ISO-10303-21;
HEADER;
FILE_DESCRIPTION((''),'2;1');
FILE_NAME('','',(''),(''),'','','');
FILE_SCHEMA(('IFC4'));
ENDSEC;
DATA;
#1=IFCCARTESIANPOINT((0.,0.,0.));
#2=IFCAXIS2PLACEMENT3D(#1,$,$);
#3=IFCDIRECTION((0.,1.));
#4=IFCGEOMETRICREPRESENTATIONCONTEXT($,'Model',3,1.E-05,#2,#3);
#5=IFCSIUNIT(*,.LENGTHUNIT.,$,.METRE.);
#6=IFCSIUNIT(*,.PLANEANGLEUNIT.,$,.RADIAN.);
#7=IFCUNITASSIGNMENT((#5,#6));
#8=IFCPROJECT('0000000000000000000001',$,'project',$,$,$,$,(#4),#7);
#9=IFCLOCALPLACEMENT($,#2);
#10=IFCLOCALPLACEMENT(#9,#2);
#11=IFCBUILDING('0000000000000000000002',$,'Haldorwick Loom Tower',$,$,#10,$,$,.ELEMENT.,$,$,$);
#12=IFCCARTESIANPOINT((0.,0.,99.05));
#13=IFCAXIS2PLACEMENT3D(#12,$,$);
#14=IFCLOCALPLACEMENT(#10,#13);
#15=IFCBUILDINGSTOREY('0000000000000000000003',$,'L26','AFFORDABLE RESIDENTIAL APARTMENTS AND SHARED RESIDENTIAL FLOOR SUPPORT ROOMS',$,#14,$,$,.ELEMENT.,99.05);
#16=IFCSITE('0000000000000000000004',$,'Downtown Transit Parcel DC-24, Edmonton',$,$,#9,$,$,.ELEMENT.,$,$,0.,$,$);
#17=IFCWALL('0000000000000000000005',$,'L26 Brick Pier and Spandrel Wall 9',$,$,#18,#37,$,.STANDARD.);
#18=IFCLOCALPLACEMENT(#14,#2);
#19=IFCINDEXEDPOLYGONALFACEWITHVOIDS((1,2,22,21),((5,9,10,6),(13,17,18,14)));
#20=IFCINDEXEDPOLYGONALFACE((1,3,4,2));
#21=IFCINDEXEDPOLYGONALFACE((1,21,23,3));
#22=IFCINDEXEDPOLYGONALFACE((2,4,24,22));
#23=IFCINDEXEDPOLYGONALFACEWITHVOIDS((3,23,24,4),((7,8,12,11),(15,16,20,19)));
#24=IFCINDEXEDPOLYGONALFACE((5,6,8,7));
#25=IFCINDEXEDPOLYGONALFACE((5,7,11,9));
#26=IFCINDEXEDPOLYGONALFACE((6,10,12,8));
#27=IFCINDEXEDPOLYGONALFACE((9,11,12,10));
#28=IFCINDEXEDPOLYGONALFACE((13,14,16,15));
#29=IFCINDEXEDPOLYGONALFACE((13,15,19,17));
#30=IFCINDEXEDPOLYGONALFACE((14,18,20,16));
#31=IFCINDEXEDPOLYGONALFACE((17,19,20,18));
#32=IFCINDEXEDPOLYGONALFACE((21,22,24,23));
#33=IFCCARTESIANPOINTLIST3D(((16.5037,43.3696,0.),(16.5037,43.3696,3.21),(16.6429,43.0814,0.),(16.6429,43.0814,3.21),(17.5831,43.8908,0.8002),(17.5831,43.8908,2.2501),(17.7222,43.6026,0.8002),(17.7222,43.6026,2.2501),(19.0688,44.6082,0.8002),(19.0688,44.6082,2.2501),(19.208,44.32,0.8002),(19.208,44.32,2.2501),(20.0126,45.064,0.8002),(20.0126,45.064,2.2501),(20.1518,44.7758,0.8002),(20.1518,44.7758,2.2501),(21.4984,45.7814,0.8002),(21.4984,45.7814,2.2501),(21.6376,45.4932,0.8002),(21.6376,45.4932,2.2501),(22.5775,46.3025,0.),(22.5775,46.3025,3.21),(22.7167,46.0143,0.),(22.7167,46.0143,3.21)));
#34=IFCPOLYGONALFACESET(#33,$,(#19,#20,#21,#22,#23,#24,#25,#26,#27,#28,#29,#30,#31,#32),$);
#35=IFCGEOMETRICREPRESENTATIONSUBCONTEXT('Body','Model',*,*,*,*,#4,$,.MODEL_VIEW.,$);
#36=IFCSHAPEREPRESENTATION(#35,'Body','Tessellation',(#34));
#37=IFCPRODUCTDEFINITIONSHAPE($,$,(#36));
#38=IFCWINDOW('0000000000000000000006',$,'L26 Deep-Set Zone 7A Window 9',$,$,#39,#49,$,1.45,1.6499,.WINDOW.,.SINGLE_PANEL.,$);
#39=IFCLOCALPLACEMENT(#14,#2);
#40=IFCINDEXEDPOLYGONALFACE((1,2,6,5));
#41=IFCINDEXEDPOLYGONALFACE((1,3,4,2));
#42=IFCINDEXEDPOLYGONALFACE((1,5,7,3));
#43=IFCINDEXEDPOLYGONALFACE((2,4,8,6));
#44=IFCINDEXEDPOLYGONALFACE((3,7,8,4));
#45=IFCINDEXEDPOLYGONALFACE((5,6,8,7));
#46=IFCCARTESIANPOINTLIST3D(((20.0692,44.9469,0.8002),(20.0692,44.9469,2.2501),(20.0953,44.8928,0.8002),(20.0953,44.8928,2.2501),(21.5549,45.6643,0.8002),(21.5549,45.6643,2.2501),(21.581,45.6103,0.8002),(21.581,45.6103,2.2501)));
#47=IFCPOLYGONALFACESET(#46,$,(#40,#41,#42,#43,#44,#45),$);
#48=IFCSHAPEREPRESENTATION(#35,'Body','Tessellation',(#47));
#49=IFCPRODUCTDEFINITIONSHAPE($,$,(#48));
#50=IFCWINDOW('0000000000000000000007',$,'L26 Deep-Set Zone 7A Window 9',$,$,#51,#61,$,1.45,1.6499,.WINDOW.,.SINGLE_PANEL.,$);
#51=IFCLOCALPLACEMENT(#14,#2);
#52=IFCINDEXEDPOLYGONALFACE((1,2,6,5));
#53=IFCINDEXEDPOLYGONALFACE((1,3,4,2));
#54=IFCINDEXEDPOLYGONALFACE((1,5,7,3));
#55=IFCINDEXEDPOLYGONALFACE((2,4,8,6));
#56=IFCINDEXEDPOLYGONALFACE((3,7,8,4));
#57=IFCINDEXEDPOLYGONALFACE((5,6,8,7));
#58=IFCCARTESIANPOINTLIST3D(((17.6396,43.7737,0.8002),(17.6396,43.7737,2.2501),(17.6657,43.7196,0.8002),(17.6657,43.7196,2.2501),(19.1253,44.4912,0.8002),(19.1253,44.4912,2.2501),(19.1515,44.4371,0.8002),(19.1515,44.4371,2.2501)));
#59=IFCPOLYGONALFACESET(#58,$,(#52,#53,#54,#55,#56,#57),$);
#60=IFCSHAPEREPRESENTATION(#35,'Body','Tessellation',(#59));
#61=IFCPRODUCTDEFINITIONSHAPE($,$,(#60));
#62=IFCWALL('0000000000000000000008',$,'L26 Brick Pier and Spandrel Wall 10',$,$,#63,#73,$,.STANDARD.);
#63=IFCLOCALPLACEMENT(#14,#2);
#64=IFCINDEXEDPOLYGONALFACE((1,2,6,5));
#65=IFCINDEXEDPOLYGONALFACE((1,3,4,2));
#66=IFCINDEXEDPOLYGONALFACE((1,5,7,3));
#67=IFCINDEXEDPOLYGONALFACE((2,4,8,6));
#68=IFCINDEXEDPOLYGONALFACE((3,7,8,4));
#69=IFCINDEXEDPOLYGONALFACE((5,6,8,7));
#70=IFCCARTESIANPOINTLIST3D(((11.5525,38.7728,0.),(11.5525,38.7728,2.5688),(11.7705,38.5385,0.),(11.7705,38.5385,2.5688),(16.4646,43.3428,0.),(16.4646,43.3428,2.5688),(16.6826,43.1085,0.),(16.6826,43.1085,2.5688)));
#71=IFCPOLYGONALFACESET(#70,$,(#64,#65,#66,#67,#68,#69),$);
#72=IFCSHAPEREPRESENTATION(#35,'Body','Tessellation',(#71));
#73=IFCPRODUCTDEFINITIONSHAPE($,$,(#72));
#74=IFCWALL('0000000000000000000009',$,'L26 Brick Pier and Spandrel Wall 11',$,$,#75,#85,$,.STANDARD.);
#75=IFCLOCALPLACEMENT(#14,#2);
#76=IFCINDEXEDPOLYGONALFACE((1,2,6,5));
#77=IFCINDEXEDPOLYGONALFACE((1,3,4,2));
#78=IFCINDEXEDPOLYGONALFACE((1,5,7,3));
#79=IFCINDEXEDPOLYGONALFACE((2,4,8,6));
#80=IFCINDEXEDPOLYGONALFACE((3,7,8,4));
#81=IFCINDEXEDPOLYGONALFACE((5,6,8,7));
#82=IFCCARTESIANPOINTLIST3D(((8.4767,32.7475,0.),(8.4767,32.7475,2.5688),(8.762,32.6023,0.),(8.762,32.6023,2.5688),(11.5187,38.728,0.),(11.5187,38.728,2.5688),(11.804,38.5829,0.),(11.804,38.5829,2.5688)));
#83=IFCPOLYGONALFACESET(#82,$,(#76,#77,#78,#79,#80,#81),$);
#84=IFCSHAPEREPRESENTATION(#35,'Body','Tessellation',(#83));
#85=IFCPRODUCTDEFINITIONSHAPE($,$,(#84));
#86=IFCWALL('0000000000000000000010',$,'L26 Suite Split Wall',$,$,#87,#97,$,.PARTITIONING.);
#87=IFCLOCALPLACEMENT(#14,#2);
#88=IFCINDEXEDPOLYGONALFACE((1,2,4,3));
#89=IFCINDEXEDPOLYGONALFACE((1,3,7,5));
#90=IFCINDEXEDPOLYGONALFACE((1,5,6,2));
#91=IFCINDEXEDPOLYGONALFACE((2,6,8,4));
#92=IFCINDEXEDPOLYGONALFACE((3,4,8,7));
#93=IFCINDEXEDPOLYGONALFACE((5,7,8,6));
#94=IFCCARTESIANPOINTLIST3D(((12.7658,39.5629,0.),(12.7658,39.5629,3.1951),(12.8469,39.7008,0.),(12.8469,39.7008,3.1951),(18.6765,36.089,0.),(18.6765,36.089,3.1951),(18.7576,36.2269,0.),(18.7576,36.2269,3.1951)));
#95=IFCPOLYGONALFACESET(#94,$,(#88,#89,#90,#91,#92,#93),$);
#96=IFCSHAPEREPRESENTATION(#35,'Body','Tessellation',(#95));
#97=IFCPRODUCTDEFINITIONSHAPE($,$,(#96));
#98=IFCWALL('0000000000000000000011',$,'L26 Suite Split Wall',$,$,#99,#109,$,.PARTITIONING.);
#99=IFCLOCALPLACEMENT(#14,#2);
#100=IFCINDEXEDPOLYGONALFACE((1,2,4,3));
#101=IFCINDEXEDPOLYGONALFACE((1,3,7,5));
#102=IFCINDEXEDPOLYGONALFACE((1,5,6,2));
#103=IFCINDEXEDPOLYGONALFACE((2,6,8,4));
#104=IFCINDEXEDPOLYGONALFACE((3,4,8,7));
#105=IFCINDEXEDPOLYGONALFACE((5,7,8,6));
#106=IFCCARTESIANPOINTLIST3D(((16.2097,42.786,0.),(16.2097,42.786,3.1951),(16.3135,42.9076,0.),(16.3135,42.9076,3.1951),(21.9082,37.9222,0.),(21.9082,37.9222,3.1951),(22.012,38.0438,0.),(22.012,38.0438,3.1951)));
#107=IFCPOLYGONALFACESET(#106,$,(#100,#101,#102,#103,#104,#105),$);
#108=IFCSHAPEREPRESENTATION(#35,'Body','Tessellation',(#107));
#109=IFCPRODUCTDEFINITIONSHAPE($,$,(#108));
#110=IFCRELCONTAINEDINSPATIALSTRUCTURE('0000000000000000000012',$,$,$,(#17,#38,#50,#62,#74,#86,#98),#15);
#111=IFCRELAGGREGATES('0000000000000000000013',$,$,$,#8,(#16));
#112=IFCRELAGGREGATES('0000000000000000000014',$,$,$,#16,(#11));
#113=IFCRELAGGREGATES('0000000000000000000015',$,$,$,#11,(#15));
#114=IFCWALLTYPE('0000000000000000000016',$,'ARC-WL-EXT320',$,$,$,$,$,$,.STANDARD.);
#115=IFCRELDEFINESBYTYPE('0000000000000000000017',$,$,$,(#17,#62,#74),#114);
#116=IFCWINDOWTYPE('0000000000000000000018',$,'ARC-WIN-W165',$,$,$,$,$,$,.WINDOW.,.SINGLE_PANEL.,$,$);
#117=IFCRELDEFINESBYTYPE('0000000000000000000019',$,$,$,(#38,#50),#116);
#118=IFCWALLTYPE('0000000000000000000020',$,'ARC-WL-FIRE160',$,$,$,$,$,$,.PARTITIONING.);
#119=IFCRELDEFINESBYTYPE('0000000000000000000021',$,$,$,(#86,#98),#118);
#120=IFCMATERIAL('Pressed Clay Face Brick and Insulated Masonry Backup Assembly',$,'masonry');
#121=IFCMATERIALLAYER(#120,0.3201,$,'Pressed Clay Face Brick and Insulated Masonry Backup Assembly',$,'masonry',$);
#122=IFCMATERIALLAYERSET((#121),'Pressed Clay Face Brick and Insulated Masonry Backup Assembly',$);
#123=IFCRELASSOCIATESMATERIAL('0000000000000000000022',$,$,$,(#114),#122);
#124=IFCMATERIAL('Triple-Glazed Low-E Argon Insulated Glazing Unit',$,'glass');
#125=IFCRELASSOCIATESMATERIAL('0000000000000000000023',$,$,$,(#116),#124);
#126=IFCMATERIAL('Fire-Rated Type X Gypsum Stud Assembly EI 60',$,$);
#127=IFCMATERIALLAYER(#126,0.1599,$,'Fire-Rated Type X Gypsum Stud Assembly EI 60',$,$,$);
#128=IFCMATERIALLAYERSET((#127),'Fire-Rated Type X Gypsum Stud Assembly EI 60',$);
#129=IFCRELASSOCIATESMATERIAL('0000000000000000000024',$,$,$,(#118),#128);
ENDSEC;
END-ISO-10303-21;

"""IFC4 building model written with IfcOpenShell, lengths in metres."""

from ifc_helpers import new_model, si_unit, direction, frame, frame_2d, origin, place, context, subcontext, project, spatial, rectangle, extrude, material, layer, layer_set, type_object, element, fill, save


model = new_model("IFC4")

# Units and contexts
model_context = context("Model", 3, precision=1e-05, world=origin(), true_north=direction((0.0, 1.0)))
body_context = subcontext(model_context, "Body", "Model", "MODEL_VIEW")
ifc_project = project(units=[si_unit("LENGTHUNIT", "METRE"), si_unit("PLANEANGLEUNIT", "RADIAN")], contexts=[model_context])

# Site, building, storey
site_placement = place(None, origin())
site = spatial("IfcSite", under=ifc_project, at=site_placement, Name="Downtown Transit Parcel DC-24, Edmonton", CompositionType="ELEMENT", RefElevation=0.0)
building_placement = place(site_placement, origin())
building = spatial("IfcBuilding", under=site, at=building_placement, Name="Haldorwick Loom Tower", CompositionType="ELEMENT")
storey_placement = place(building_placement, frame((0.0, 0.0, 99.05)))
storey = spatial("IfcBuildingStorey", under=building, at=storey_placement, Name="L26", Description="AFFORDABLE RESIDENTIAL APARTMENTS AND SHARED RESIDENTIAL FLOOR SUPPORT ROOMS", CompositionType="ELEMENT", Elevation=99.05)

# Wall, openings, windows
ifc_material_1 = material(Name="Pressed Clay Face Brick and Insulated Masonry Backup Assembly", Category="masonry")
ifc_layer_1 = layer(ifc_material_1, 0.3201, Name="Pressed Clay Face Brick and Insulated Masonry Backup Assembly", Category="masonry")
ifc_layer_set_1 = layer_set([ifc_layer_1], Name="Pressed Clay Face Brick and Insulated Masonry Backup Assembly")
wall_type_1 = type_object("IfcWallType", Name="ARC-WL-EXT320", PredefinedType="STANDARD", material=ifc_layer_set_1)
wall_1_placement = place(storey_placement, frame((22.6472, 46.1584, 0.0), z_axis=(0.0, 0.0, 1.0), x_axis=(-0.90051, -0.434835, 0.0)))
wall_1 = element("IfcWall", 1, at=wall_1_placement, inside=storey, type_object=wall_type_1, Name="L26 Brick Pier and Spandrel Wall 9", PredefinedType="STANDARD", context=body_context, shape_type="SweptSolid", body=[
    extrude(rectangle(XDim=6.7449, YDim=0.3201, at=frame_2d((3.3726, 0.0))), origin(), (0.0, 0.0, 1.0), 3.21),
])
opening_1_placement = place(wall_1_placement, frame((1.1985, 0.0, 0.8)))
opening_1 = element("IfcOpeningElement", 2, at=opening_1_placement, cuts=wall_1, PredefinedType="OPENING", context=body_context, shape_type="SweptSolid", body=[
    extrude(rectangle(XDim=1.6499, YDim=1.45, at=frame_2d((0.825, 0.7251))), frame((0.0, 0.1699, 0.0), z_axis=(0.0, -1.0, 0.0), x_axis=(1.0, 0.0, 0.0)), (0.0, 0.0, 1.0), 0.3401),
])
opening_2_placement = place(wall_1_placement, frame((3.8965, 0.0, 0.8)))
opening_2 = element("IfcOpeningElement", 3, at=opening_2_placement, cuts=wall_1, PredefinedType="OPENING", context=body_context, shape_type="SweptSolid", body=[
    extrude(rectangle(XDim=1.6499, YDim=1.45, at=frame_2d((0.825, 0.7251))), frame((0.0, 0.1699, 0.0), z_axis=(0.0, -1.0, 0.0), x_axis=(1.0, 0.0, 0.0)), (0.0, 0.0, 1.0), 0.3401),
])
ifc_material_2 = material(Name="Triple-Glazed Low-E Argon Insulated Glazing Unit", Category="glass")
window_type = type_object("IfcWindowType", Name="ARC-WIN-W165", PartitioningType="SINGLE_PANEL", PredefinedType="WINDOW", material=ifc_material_2)
window_1_placement = place(opening_1_placement, origin())
window_1 = element("IfcWindow", 4, at=window_1_placement, inside=storey, type_object=window_type, Name="L26 Deep-Set Zone 7A Window 9", OverallHeight=1.45, OverallWidth=1.6499, PartitioningType="SINGLE_PANEL", PredefinedType="WINDOW", context=body_context, shape_type="SweptSolid", body=[
    extrude(rectangle(XDim=1.6499, YDim=1.45, at=frame_2d((0.825, 0.7251))), frame((0.0, 0.03, 0.0), z_axis=(0.0, -1.0, 0.0), x_axis=(1.0, 0.0, 0.0)), (0.0, 0.0, 1.0), 0.0601),
])
fill(opening_1, window_1)
window_2_placement = place(opening_2_placement, origin())
window_2 = element("IfcWindow", 5, at=window_2_placement, inside=storey, type_object=window_type, Name="L26 Deep-Set Zone 7A Window 9", OverallHeight=1.45, OverallWidth=1.6499, PartitioningType="SINGLE_PANEL", PredefinedType="WINDOW", context=body_context, shape_type="SweptSolid", body=[
    extrude(rectangle(XDim=1.6499, YDim=1.45, at=frame_2d((0.825, 0.7251))), frame((0.0, 0.03, 0.0), z_axis=(0.0, -1.0, 0.0), x_axis=(1.0, 0.0, 0.0)), (0.0, 0.0, 1.0), 0.0601),
])
fill(opening_2, window_2)

# Walls
wall_2_placement = place(storey_placement, frame((16.5735, 43.2256, 0.0), z_axis=(0.0, 0.0, 1.0), x_axis=(-0.732137, -0.681157, 0.0)))
element("IfcWall", 6, at=wall_2_placement, inside=storey, type_object=wall_type_1, Name="L26 Brick Pier and Spandrel Wall 10", PredefinedType="STANDARD", context=body_context, shape_type="SweptSolid", body=[
    extrude(rectangle(XDim=6.7092, YDim=0.3201, at=frame_2d((3.3545, 0.0))), origin(), (0.0, 0.0, 1.0), 2.5688),
])
wall_3_placement = place(storey_placement, frame((11.6614, 38.6555, 0.0), z_axis=(0.0, 0.0, 1.0), x_axis=(-0.453374, -0.89132, 0.0)))
element("IfcWall", 7, at=wall_3_placement, inside=storey, type_object=wall_type_1, Name="L26 Brick Pier and Spandrel Wall 11", PredefinedType="STANDARD", context=body_context, shape_type="SweptSolid", body=[
    extrude(rectangle(XDim=6.7097, YDim=0.3201, at=frame_2d((3.355, 0.0))), origin(), (0.0, 0.0, 1.0), 2.5688),
])

# Shared definitions
ifc_material_3 = material(Name="Fire-Rated Type X Gypsum Stud Assembly EI 60")
ifc_layer_2 = layer(ifc_material_3, 0.1599, Name="Fire-Rated Type X Gypsum Stud Assembly EI 60")
ifc_layer_set_2 = layer_set([ifc_layer_2], Name="Fire-Rated Type X Gypsum Stud Assembly EI 60")
wall_type_2 = type_object("IfcWallType", Name="ARC-WL-FIRE160", PredefinedType="PARTITIONING", material=ifc_layer_set_2)

# Walls
wall_4_placement = place(storey_placement, frame((18.717, 36.158, 0.0), z_axis=(0.0, 0.0, 1.0), x_axis=(-0.862124, 0.506698, 0.0)))
element("IfcWall", 8, at=wall_4_placement, inside=storey, type_object=wall_type_2, Name="L26 Suite Split Wall", PredefinedType="PARTITIONING", context=body_context, shape_type="SweptSolid", body=[
    extrude(rectangle(XDim=6.856, YDim=0.1599, at=frame_2d((3.428, 0.0))), origin(), (0.0, 0.0, 1.0), 3.1951),
])
wall_5_placement = place(storey_placement, frame((21.9602, 37.9829, 0.0), z_axis=(0.0, 0.0, 1.0), x_axis=(-0.760617, 0.649201, 0.0)))
element("IfcWall", 9, at=wall_5_placement, inside=storey, type_object=wall_type_2, Name="L26 Suite Split Wall", PredefinedType="PARTITIONING", context=body_context, shape_type="SweptSolid", body=[
    extrude(rectangle(XDim=7.4919, YDim=0.1599, at=frame_2d((3.7461, 0.0))), origin(), (0.0, 0.0, 1.0), 3.1951),
])

save(model, "model.ifc")
